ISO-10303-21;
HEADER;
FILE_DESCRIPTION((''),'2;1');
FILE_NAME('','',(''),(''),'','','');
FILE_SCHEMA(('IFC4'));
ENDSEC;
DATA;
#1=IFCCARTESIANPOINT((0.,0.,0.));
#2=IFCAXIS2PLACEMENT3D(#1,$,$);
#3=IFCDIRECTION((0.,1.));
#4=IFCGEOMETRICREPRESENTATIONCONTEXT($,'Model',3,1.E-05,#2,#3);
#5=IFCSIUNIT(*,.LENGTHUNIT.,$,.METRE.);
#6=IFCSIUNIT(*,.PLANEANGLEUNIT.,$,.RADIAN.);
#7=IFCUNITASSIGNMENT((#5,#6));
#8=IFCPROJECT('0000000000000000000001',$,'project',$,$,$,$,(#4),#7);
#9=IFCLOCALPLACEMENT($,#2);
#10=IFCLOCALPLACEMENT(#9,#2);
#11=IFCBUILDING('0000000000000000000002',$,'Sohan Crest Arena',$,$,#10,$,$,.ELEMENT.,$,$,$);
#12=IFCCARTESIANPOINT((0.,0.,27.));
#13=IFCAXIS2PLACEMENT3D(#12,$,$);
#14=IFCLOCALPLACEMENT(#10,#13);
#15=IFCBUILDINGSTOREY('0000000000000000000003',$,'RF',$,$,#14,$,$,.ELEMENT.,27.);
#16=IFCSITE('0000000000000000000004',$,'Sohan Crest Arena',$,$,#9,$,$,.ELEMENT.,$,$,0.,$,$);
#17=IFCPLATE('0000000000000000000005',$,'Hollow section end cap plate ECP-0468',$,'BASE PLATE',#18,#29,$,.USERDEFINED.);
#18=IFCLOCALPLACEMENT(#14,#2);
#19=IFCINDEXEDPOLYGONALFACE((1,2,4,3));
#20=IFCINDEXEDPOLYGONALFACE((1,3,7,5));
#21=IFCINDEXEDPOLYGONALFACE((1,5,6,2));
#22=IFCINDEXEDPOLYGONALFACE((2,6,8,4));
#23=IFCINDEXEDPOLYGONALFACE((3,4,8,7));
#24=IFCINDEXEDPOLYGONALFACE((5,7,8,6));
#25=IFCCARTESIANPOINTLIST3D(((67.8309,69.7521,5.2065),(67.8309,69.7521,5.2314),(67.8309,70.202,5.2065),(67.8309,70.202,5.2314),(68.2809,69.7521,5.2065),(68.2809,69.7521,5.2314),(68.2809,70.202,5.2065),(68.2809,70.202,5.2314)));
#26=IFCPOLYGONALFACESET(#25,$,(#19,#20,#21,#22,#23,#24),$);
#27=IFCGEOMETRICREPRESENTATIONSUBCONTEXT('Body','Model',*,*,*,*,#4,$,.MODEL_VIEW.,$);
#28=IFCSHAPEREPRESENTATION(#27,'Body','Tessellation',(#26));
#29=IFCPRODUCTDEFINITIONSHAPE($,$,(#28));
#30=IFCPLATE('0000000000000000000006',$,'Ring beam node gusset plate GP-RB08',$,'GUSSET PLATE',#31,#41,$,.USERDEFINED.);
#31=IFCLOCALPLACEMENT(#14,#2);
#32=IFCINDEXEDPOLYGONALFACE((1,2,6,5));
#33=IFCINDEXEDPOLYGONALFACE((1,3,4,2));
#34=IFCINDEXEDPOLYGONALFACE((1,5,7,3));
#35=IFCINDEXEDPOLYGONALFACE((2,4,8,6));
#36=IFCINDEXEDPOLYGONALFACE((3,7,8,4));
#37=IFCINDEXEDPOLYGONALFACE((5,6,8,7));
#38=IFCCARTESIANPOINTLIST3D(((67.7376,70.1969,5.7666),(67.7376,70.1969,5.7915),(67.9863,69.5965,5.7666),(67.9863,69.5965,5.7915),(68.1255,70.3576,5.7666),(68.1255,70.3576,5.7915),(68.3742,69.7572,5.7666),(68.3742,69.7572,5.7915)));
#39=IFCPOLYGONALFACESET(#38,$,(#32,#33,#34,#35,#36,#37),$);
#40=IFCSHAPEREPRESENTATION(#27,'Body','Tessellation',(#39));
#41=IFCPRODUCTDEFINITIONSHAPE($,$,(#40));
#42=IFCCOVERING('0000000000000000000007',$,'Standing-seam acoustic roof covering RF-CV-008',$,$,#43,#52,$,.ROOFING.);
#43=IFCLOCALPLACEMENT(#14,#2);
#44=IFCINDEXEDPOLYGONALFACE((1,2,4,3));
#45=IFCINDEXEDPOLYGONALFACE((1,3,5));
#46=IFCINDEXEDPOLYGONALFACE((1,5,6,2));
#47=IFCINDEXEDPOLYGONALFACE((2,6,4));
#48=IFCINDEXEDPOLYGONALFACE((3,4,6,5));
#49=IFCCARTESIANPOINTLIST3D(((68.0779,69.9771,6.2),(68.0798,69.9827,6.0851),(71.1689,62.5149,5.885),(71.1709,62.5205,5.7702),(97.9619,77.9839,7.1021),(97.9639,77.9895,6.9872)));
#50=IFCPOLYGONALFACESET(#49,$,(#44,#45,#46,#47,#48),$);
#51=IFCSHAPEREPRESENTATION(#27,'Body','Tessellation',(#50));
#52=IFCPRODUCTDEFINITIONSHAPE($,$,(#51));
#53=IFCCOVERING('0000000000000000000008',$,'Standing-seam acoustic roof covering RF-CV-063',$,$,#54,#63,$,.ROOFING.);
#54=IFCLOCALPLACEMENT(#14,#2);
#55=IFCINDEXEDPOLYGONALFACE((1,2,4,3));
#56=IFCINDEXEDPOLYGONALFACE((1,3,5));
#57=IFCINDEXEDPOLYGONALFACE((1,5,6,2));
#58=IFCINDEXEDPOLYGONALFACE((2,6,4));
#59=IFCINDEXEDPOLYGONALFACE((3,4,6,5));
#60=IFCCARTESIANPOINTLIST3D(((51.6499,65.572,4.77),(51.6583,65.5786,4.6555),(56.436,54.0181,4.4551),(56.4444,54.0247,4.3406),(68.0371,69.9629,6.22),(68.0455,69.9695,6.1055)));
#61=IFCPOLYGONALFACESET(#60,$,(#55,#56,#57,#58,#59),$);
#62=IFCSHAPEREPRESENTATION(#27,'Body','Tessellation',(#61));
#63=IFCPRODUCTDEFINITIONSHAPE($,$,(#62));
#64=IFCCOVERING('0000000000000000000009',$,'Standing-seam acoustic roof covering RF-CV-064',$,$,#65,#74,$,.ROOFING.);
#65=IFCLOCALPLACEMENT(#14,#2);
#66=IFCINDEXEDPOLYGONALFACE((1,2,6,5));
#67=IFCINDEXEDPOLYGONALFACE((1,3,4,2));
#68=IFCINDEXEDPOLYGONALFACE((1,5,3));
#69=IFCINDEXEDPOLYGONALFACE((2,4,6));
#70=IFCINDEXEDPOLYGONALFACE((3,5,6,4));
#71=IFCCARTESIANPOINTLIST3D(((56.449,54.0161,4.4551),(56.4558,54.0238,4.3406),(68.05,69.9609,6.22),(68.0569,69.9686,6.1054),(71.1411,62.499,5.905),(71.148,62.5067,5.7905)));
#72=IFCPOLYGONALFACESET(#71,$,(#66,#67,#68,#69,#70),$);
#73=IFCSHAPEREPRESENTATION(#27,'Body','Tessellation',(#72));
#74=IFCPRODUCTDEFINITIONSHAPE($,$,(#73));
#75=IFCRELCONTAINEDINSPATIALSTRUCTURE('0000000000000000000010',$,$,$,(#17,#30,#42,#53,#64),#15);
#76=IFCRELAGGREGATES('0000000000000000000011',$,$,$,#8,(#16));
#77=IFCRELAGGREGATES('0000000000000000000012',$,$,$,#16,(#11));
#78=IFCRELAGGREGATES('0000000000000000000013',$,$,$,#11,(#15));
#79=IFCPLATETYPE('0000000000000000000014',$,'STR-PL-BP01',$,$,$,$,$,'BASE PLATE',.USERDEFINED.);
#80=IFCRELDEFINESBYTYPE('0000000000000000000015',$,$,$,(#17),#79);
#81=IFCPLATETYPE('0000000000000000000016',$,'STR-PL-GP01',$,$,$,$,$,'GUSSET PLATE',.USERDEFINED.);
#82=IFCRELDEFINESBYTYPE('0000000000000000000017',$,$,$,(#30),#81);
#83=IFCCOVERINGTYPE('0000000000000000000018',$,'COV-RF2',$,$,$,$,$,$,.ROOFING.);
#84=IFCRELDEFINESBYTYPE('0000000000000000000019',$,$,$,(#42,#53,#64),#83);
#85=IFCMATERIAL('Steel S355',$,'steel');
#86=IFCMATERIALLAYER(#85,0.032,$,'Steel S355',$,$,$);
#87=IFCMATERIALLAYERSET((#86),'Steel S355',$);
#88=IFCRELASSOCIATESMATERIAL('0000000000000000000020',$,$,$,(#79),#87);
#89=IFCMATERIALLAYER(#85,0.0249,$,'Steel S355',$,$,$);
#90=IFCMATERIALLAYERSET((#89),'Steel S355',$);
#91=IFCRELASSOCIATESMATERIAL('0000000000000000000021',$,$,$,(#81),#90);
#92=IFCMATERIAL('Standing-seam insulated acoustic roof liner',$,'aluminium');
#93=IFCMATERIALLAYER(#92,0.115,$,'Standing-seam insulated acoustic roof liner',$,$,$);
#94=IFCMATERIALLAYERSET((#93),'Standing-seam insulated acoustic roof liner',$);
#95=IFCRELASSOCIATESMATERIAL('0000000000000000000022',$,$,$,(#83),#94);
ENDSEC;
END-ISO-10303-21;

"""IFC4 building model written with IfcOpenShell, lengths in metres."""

from ifc_helpers import new_model, si_unit, direction, frame, origin, origin_2d, place, context, subcontext, project, spatial, polyline, rectangle, outline, extrude, material, layer, layer_set, type_object, element, save


model = new_model("IFC4")

# Units and contexts
model_context = context("Model", 3, precision=1e-05, world=origin(), true_north=direction((0.0, 1.0)))
body_context = subcontext(model_context, "Body", "Model", "MODEL_VIEW")
ifc_project = project(units=[si_unit("LENGTHUNIT", "METRE"), si_unit("PLANEANGLEUNIT", "RADIAN")], contexts=[model_context])

# Site, building, storey
site_placement = place(None, origin())
site = spatial("IfcSite", under=ifc_project, at=site_placement, Name="Sohan Crest Arena", CompositionType="ELEMENT", RefElevation=0.0)
building_placement = place(site_placement, origin())
building = spatial("IfcBuilding", under=site, at=building_placement, Name="Sohan Crest Arena", CompositionType="ELEMENT")
storey_placement = place(building_placement, frame((0.0, 0.0, 27.0)))
storey = spatial("IfcBuildingStorey", under=building, at=storey_placement, Name="RF", CompositionType="ELEMENT", Elevation=27.0)

# Shared definitions
ifc_material_1 = material(Name="Steel S355", Category="steel")

# Plates
ifc_layer_1 = layer(ifc_material_1, 0.032, Name="Steel S355")
ifc_layer_set_1 = layer_set([ifc_layer_1], Name="Steel S355")
plate_type_1 = type_object("IfcPlateType", Name="STR-PL-BP01", ElementType="BASE PLATE", PredefinedType="USERDEFINED", material=ifc_layer_set_1)
plate_1_placement = place(storey_placement, frame((68.0559, 69.9771, 5.2065), z_axis=(0.0, 0.0, 1.0), x_axis=(1.0, 0.0, 0.0)))
element("IfcPlate", 1, at=plate_1_placement, inside=storey, type_object=plate_type_1, Name="Hollow section end cap plate ECP-0468", ObjectType="BASE PLATE", PredefinedType="USERDEFINED", context=body_context, shape_type="SweptSolid", body=[
    extrude(rectangle(XDim=0.45, YDim=0.45, at=origin_2d()), origin(), (0.0, 0.0, 1.0), 0.0249),
])
ifc_layer_2 = layer(ifc_material_1, 0.0249, Name="Steel S355")
ifc_layer_set_2 = layer_set([ifc_layer_2], Name="Steel S355")
plate_type_2 = type_object("IfcPlateType", Name="STR-PL-GP01", ElementType="GUSSET PLATE", PredefinedType="USERDEFINED", material=ifc_layer_set_2)
plate_2_placement = place(storey_placement, frame((68.0559, 69.9771, 5.7666), z_axis=(0.0, 0.0, 1.0), x_axis=(-0.382683, 0.92388, 0.0)))
element("IfcPlate", 2, at=plate_2_placement, inside=storey, type_object=plate_type_2, Name="Ring beam node gusset plate GP-RB08", ObjectType="GUSSET PLATE", PredefinedType="USERDEFINED", context=body_context, shape_type="SweptSolid", body=[
    extrude(rectangle(XDim=0.6499, YDim=0.4199, at=origin_2d()), origin(), (0.0, 0.0, 1.0), 0.0249),
])

# Coverings
ifc_material_2 = material(Name="Standing-seam insulated acoustic roof liner", Category="aluminium")
ifc_layer_3 = layer(ifc_material_2, 0.115, Name="Standing-seam insulated acoustic roof liner")
ifc_layer_set_3 = layer_set([ifc_layer_3], Name="Standing-seam insulated acoustic roof liner")
covering_type = type_object("IfcCoveringType", Name="COV-RF2", PredefinedType="ROOFING", material=ifc_layer_set_3)
covering_1_placement = place(storey_placement, frame((68.0779, 69.9771, 6.2), z_axis=(-0.01697, -0.049177, 0.998646), x_axis=(0.382407, -0.923172, -0.038963)))
element("IfcCovering", 3, at=covering_1_placement, inside=storey, type_object=covering_type, Name="Standing-seam acoustic roof covering RF-CV-008", PredefinedType="ROOFING", context=body_context, shape_type="SweptSolid", body=[
    extrude(outline(polyline([(0.0, 0.0), (8.0832, 0.0), (4.001, 30.6915), (0.0, 0.0)])), origin(), (0.0, 0.0, -1.0), 0.115),
])
covering_2_placement = place(storey_placement, frame((68.0371, 69.9629, 6.22), z_axis=(-0.072753, -0.057279, 0.995704), x_axis=(-0.962418, -0.257875, -0.085155)))
element("IfcCovering", 4, at=covering_2_placement, inside=storey, type_object=covering_type, Name="Standing-seam acoustic roof covering RF-CV-063", PredefinedType="ROOFING", context=body_context, shape_type="SweptSolid", body=[
    extrude(outline(polyline([(0.0, 0.0), (17.0271, 0.0), (15.4271, 12.4073), (0.0, 0.0)])), origin(), (0.0, 0.0, -1.0), 0.115),
])
covering_3_placement = place(storey_placement, frame((68.05, 69.9609, 6.22), z_axis=(-0.059734, -0.066781, 0.995978), x_axis=(-0.58599, -0.8054, -0.089148)))
element("IfcCovering", 5, at=covering_3_placement, inside=storey, type_object=covering_type, Name="Standing-seam acoustic roof covering RF-CV-064", PredefinedType="ROOFING", context=body_context, shape_type="SweptSolid", body=[
    extrude(outline(polyline([(0.0, 0.0), (19.7974, 0.0), (4.2266, 6.8899), (0.0, 0.0)])), origin(), (0.0, 0.0, -1.0), 0.115),
])

save(model, "model.ifc")
